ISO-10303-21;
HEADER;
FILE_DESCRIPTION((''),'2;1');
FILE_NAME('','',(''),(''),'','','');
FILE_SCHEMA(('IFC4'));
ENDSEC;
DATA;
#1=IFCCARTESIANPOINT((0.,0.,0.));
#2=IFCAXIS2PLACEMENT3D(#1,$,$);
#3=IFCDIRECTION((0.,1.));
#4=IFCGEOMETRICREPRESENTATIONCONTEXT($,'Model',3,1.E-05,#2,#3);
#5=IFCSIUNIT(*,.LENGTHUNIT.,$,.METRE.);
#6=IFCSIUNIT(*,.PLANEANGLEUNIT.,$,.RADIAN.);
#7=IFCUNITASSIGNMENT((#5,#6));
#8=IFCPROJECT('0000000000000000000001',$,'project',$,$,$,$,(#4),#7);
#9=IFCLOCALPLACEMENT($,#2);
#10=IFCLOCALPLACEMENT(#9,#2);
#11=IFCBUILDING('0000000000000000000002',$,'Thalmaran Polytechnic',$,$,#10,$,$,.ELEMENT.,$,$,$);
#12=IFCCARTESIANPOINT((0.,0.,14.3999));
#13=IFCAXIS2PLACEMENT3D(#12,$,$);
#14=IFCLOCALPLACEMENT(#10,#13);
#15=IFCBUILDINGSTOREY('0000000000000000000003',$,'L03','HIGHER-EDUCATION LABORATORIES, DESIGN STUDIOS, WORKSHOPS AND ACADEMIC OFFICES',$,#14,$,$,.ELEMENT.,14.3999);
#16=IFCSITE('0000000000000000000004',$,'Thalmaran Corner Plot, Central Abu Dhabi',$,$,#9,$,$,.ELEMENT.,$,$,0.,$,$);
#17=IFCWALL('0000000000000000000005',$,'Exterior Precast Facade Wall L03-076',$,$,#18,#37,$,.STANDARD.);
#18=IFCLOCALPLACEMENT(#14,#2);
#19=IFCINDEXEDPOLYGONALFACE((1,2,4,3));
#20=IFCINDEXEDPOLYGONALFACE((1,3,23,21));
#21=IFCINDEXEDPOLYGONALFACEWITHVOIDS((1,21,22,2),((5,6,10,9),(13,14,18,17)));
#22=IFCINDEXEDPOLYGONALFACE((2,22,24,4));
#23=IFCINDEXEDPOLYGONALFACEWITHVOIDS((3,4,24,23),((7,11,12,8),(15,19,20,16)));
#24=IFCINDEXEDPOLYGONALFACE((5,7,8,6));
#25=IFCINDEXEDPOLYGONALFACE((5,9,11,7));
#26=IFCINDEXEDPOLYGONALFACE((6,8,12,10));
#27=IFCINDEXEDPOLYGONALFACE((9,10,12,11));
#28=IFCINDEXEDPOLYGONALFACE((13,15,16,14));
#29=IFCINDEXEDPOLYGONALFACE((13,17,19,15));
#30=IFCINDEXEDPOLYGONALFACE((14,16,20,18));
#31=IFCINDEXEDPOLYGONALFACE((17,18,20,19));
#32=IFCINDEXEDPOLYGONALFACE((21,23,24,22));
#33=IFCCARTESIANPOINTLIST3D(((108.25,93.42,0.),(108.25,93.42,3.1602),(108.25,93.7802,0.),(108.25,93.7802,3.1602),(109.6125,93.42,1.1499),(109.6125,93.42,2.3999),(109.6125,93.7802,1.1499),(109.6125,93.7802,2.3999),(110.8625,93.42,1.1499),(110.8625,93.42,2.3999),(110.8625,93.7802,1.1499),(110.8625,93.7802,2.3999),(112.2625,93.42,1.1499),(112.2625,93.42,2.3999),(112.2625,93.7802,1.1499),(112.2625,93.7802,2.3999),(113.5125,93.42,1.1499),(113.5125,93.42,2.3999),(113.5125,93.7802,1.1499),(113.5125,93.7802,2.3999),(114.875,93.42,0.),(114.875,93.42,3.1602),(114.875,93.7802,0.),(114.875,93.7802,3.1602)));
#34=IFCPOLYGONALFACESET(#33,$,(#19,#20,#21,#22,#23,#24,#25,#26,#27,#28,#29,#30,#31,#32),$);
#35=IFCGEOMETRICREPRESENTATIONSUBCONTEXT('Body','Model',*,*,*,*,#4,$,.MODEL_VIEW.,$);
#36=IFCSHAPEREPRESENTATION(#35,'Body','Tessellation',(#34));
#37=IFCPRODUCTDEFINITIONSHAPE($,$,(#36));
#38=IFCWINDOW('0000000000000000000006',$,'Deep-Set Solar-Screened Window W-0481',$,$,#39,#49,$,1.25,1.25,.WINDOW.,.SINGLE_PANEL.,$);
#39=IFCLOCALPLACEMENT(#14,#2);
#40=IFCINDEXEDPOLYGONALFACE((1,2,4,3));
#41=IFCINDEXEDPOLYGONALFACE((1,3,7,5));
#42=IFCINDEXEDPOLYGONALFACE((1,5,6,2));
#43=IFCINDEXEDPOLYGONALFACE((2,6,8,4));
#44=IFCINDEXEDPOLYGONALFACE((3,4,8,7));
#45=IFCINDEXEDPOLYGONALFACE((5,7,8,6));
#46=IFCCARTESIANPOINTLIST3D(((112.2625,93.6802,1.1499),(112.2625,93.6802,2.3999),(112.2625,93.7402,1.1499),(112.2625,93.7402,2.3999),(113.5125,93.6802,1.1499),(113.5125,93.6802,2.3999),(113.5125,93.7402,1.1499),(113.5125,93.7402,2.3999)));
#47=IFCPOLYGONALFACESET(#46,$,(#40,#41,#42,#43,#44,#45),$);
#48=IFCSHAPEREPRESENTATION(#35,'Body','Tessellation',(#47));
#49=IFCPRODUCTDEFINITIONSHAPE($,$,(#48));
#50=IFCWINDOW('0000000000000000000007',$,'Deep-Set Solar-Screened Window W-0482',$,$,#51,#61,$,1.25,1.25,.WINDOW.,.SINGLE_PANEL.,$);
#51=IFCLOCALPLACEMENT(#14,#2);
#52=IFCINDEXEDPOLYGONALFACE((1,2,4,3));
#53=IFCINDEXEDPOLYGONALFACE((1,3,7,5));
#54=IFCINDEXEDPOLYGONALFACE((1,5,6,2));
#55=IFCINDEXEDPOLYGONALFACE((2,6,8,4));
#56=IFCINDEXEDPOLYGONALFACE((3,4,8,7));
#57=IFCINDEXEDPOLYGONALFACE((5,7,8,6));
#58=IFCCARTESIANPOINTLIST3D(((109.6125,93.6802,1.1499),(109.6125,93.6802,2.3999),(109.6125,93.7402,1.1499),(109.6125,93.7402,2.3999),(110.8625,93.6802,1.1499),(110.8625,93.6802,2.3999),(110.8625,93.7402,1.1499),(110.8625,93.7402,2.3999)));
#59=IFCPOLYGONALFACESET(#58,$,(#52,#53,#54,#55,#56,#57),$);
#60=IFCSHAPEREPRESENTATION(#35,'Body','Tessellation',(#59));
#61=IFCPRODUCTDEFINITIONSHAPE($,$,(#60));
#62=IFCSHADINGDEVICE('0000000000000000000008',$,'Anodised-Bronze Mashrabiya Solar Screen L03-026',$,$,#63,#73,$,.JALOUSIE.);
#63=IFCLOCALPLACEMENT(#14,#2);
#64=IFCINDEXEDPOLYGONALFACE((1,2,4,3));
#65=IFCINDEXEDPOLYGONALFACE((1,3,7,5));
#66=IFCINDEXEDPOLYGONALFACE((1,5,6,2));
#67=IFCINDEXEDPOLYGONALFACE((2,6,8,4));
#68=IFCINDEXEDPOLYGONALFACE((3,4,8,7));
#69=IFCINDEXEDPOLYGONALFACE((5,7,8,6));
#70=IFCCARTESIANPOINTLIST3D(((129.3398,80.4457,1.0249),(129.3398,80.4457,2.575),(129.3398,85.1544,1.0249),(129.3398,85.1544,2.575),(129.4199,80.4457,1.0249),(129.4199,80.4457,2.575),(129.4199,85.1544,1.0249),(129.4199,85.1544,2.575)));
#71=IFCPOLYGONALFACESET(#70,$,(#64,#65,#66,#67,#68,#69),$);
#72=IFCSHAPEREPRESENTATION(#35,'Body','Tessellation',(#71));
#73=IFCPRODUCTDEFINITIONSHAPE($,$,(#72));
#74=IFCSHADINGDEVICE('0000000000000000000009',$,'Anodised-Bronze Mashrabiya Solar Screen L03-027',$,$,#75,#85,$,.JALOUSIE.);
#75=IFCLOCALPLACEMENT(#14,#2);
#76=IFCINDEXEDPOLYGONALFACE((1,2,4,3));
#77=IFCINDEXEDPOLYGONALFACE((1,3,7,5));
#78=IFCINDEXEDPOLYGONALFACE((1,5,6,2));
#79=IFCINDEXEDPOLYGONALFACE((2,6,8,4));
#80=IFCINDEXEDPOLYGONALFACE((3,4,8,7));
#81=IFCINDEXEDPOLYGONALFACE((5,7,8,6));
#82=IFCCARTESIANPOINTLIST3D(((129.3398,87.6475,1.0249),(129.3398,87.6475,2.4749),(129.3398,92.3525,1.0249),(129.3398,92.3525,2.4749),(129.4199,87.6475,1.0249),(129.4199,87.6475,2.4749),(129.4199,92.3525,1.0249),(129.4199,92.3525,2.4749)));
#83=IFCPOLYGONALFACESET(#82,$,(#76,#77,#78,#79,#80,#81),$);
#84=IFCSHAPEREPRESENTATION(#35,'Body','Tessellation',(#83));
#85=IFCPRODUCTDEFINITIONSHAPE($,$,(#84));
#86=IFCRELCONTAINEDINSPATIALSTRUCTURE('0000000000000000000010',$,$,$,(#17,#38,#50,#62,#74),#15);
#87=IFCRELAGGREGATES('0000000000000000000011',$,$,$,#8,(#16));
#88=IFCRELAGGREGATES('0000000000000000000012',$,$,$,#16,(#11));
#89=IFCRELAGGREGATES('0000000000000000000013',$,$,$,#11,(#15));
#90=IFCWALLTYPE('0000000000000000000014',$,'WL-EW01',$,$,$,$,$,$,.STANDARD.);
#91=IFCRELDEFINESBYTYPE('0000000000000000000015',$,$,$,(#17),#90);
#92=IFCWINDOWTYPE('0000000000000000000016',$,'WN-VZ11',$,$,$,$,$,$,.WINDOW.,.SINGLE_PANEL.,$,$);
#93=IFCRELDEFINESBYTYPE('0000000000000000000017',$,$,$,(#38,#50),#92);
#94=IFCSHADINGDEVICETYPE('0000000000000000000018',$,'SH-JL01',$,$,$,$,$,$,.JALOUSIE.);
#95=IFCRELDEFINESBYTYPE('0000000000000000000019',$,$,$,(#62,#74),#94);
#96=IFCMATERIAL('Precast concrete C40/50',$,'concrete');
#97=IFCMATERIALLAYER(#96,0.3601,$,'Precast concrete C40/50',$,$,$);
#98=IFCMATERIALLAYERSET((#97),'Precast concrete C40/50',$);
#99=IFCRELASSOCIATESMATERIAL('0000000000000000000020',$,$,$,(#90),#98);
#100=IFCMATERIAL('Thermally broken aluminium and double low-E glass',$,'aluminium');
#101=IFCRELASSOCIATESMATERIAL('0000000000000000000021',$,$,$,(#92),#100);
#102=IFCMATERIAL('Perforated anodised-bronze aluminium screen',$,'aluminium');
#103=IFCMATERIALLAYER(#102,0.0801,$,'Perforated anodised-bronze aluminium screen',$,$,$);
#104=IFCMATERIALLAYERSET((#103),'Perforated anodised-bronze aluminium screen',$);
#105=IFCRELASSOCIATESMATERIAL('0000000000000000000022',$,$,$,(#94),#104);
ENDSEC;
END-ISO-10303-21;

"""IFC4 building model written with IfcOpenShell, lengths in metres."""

from ifc_helpers import new_model, si_unit, direction, frame, frame_2d, origin, origin_2d, place, context, subcontext, project, spatial, rectangle, extrude, material, layer, layer_set, type_object, element, fill, save


model = new_model("IFC4")

# Units and contexts
model_context = context("Model", 3, precision=1e-05, world=origin(), true_north=direction((0.0, 1.0)))
body_context = subcontext(model_context, "Body", "Model", "MODEL_VIEW")
ifc_project = project(units=[si_unit("LENGTHUNIT", "METRE"), si_unit("PLANEANGLEUNIT", "RADIAN")], contexts=[model_context])

# Site, building, storey
site_placement = place(None, origin())
site = spatial("IfcSite", under=ifc_project, at=site_placement, Name="Thalmaran Corner Plot, Central Abu Dhabi", CompositionType="ELEMENT", RefElevation=0.0)
building_placement = place(site_placement, origin())
building = spatial("IfcBuilding", under=site, at=building_placement, Name="Thalmaran Polytechnic", CompositionType="ELEMENT")
storey_placement = place(building_placement, frame((0.0, 0.0, 14.3999)))
storey = spatial("IfcBuildingStorey", under=building, at=storey_placement, Name="L03", Description="HIGHER-EDUCATION LABORATORIES, DESIGN STUDIOS, WORKSHOPS AND ACADEMIC OFFICES", CompositionType="ELEMENT", Elevation=14.3999)

# Wall, openings, windows
ifc_material_1 = material(Name="Precast concrete C40/50", Category="concrete")
ifc_layer_1 = layer(ifc_material_1, 0.3601, Name="Precast concrete C40/50")
ifc_layer_set_1 = layer_set([ifc_layer_1], Name="Precast concrete C40/50")
wall_type = type_object("IfcWallType", Name="WL-EW01", PredefinedType="STANDARD", material=ifc_layer_set_1)
wall_placement = place(storey_placement, frame((114.875, 93.6001, 0.0), z_axis=(0.0, 0.0, 1.0), x_axis=(-1.0, 0.0, 0.0)))
wall = element("IfcWall", 1, at=wall_placement, inside=storey, type_object=wall_type, Name="Exterior Precast Facade Wall L03-076", PredefinedType="STANDARD", context=body_context, shape_type="SweptSolid", body=[
    extrude(rectangle(XDim=6.625, YDim=0.3601, at=frame_2d((3.3125, 0.0))), origin(), (0.0, 0.0, 1.0), 3.1602),
])
opening_1_placement = place(wall_placement, frame((1.3625, 0.0, 1.1499)))
opening_1 = element("IfcOpeningElement", 2, at=opening_1_placement, cuts=wall, PredefinedType="OPENING", context=body_context, shape_type="SweptSolid", body=[
    extrude(rectangle(XDim=1.25, YDim=1.25, at=frame_2d((0.625, 0.625))), frame((0.0, 0.1899, 0.0), z_axis=(0.0, -1.0, 0.0), x_axis=(1.0, 0.0, 0.0)), (0.0, 0.0, 1.0), 0.3801),
])
opening_2_placement = place(wall_placement, frame((4.0125, 0.0, 1.1499)))
opening_2 = element("IfcOpeningElement", 3, at=opening_2_placement, cuts=wall, PredefinedType="OPENING", context=body_context, shape_type="SweptSolid", body=[
    extrude(rectangle(XDim=1.25, YDim=1.25, at=frame_2d((0.625, 0.625))), frame((0.0, 0.1899, 0.0), z_axis=(0.0, -1.0, 0.0), x_axis=(1.0, 0.0, 0.0)), (0.0, 0.0, 1.0), 0.3801),
])
ifc_material_2 = material(Name="Thermally broken aluminium and double low-E glass", Category="aluminium")
window_type = type_object("IfcWindowType", Name="WN-VZ11", PartitioningType="SINGLE_PANEL", PredefinedType="WINDOW", material=ifc_material_2)
window_1_placement = place(opening_1_placement, origin())
window_1 = element("IfcWindow", 4, at=window_1_placement, inside=storey, type_object=window_type, Name="Deep-Set Solar-Screened Window W-0481", OverallHeight=1.25, OverallWidth=1.25, PartitioningType="SINGLE_PANEL", PredefinedType="WINDOW", context=body_context, shape_type="SweptSolid", body=[
    extrude(rectangle(XDim=1.25, YDim=1.25, at=frame_2d((0.625, 0.625))), frame((0.0, -0.0801, 0.0), z_axis=(0.0, -1.0, 0.0), x_axis=(1.0, 0.0, 0.0)), (0.0, 0.0, 1.0), 0.0601),
])
fill(opening_1, window_1)
window_2_placement = place(opening_2_placement, origin())
window_2 = element("IfcWindow", 5, at=window_2_placement, inside=storey, type_object=window_type, Name="Deep-Set Solar-Screened Window W-0482", OverallHeight=1.25, OverallWidth=1.25, PartitioningType="SINGLE_PANEL", PredefinedType="WINDOW", context=body_context, shape_type="SweptSolid", body=[
    extrude(rectangle(XDim=1.25, YDim=1.25, at=frame_2d((0.625, 0.625))), frame((0.0, -0.0801, 0.0), z_axis=(0.0, -1.0, 0.0), x_axis=(1.0, 0.0, 0.0)), (0.0, 0.0, 1.0), 0.0601),
])
fill(opening_2, window_2)

# Shading devices
ifc_material_3 = material(Name="Perforated anodised-bronze aluminium screen", Category="aluminium")
ifc_layer_2 = layer(ifc_material_3, 0.0801, Name="Perforated anodised-bronze aluminium screen")
ifc_layer_set_2 = layer_set([ifc_layer_2], Name="Perforated anodised-bronze aluminium screen")
shading_device_type = type_object("IfcShadingDeviceType", Name="SH-JL01", PredefinedType="JALOUSIE", material=ifc_layer_set_2)
shading_device_1_placement = place(storey_placement, frame((129.3799, 82.8, 1.0249), z_axis=(0.0, 0.0, 1.0), x_axis=(0.0, 1.0, 0.0)))
element("IfcShadingDevice", 6, at=shading_device_1_placement, inside=storey, type_object=shading_device_type, Name="Anodised-Bronze Mashrabiya Solar Screen L03-026", PredefinedType="JALOUSIE", context=body_context, shape_type="SweptSolid", body=[
    extrude(rectangle(XDim=4.7087, YDim=0.0801, at=origin_2d()), origin(), (0.0, 0.0, 1.0), 1.55),
])
shading_device_2_placement = place(storey_placement, frame((129.3799, 90.0, 1.0249), z_axis=(0.0, 0.0, 1.0), x_axis=(0.0, 1.0, 0.0)))
element("IfcShadingDevice", 7, at=shading_device_2_placement, inside=storey, type_object=shading_device_type, Name="Anodised-Bronze Mashrabiya Solar Screen L03-027", PredefinedType="JALOUSIE", context=body_context, shape_type="SweptSolid", body=[
    extrude(rectangle(XDim=4.7051, YDim=0.0801, at=origin_2d()), origin(), (0.0, 0.0, 1.0), 1.45),
])

save(model, "model.ifc")
